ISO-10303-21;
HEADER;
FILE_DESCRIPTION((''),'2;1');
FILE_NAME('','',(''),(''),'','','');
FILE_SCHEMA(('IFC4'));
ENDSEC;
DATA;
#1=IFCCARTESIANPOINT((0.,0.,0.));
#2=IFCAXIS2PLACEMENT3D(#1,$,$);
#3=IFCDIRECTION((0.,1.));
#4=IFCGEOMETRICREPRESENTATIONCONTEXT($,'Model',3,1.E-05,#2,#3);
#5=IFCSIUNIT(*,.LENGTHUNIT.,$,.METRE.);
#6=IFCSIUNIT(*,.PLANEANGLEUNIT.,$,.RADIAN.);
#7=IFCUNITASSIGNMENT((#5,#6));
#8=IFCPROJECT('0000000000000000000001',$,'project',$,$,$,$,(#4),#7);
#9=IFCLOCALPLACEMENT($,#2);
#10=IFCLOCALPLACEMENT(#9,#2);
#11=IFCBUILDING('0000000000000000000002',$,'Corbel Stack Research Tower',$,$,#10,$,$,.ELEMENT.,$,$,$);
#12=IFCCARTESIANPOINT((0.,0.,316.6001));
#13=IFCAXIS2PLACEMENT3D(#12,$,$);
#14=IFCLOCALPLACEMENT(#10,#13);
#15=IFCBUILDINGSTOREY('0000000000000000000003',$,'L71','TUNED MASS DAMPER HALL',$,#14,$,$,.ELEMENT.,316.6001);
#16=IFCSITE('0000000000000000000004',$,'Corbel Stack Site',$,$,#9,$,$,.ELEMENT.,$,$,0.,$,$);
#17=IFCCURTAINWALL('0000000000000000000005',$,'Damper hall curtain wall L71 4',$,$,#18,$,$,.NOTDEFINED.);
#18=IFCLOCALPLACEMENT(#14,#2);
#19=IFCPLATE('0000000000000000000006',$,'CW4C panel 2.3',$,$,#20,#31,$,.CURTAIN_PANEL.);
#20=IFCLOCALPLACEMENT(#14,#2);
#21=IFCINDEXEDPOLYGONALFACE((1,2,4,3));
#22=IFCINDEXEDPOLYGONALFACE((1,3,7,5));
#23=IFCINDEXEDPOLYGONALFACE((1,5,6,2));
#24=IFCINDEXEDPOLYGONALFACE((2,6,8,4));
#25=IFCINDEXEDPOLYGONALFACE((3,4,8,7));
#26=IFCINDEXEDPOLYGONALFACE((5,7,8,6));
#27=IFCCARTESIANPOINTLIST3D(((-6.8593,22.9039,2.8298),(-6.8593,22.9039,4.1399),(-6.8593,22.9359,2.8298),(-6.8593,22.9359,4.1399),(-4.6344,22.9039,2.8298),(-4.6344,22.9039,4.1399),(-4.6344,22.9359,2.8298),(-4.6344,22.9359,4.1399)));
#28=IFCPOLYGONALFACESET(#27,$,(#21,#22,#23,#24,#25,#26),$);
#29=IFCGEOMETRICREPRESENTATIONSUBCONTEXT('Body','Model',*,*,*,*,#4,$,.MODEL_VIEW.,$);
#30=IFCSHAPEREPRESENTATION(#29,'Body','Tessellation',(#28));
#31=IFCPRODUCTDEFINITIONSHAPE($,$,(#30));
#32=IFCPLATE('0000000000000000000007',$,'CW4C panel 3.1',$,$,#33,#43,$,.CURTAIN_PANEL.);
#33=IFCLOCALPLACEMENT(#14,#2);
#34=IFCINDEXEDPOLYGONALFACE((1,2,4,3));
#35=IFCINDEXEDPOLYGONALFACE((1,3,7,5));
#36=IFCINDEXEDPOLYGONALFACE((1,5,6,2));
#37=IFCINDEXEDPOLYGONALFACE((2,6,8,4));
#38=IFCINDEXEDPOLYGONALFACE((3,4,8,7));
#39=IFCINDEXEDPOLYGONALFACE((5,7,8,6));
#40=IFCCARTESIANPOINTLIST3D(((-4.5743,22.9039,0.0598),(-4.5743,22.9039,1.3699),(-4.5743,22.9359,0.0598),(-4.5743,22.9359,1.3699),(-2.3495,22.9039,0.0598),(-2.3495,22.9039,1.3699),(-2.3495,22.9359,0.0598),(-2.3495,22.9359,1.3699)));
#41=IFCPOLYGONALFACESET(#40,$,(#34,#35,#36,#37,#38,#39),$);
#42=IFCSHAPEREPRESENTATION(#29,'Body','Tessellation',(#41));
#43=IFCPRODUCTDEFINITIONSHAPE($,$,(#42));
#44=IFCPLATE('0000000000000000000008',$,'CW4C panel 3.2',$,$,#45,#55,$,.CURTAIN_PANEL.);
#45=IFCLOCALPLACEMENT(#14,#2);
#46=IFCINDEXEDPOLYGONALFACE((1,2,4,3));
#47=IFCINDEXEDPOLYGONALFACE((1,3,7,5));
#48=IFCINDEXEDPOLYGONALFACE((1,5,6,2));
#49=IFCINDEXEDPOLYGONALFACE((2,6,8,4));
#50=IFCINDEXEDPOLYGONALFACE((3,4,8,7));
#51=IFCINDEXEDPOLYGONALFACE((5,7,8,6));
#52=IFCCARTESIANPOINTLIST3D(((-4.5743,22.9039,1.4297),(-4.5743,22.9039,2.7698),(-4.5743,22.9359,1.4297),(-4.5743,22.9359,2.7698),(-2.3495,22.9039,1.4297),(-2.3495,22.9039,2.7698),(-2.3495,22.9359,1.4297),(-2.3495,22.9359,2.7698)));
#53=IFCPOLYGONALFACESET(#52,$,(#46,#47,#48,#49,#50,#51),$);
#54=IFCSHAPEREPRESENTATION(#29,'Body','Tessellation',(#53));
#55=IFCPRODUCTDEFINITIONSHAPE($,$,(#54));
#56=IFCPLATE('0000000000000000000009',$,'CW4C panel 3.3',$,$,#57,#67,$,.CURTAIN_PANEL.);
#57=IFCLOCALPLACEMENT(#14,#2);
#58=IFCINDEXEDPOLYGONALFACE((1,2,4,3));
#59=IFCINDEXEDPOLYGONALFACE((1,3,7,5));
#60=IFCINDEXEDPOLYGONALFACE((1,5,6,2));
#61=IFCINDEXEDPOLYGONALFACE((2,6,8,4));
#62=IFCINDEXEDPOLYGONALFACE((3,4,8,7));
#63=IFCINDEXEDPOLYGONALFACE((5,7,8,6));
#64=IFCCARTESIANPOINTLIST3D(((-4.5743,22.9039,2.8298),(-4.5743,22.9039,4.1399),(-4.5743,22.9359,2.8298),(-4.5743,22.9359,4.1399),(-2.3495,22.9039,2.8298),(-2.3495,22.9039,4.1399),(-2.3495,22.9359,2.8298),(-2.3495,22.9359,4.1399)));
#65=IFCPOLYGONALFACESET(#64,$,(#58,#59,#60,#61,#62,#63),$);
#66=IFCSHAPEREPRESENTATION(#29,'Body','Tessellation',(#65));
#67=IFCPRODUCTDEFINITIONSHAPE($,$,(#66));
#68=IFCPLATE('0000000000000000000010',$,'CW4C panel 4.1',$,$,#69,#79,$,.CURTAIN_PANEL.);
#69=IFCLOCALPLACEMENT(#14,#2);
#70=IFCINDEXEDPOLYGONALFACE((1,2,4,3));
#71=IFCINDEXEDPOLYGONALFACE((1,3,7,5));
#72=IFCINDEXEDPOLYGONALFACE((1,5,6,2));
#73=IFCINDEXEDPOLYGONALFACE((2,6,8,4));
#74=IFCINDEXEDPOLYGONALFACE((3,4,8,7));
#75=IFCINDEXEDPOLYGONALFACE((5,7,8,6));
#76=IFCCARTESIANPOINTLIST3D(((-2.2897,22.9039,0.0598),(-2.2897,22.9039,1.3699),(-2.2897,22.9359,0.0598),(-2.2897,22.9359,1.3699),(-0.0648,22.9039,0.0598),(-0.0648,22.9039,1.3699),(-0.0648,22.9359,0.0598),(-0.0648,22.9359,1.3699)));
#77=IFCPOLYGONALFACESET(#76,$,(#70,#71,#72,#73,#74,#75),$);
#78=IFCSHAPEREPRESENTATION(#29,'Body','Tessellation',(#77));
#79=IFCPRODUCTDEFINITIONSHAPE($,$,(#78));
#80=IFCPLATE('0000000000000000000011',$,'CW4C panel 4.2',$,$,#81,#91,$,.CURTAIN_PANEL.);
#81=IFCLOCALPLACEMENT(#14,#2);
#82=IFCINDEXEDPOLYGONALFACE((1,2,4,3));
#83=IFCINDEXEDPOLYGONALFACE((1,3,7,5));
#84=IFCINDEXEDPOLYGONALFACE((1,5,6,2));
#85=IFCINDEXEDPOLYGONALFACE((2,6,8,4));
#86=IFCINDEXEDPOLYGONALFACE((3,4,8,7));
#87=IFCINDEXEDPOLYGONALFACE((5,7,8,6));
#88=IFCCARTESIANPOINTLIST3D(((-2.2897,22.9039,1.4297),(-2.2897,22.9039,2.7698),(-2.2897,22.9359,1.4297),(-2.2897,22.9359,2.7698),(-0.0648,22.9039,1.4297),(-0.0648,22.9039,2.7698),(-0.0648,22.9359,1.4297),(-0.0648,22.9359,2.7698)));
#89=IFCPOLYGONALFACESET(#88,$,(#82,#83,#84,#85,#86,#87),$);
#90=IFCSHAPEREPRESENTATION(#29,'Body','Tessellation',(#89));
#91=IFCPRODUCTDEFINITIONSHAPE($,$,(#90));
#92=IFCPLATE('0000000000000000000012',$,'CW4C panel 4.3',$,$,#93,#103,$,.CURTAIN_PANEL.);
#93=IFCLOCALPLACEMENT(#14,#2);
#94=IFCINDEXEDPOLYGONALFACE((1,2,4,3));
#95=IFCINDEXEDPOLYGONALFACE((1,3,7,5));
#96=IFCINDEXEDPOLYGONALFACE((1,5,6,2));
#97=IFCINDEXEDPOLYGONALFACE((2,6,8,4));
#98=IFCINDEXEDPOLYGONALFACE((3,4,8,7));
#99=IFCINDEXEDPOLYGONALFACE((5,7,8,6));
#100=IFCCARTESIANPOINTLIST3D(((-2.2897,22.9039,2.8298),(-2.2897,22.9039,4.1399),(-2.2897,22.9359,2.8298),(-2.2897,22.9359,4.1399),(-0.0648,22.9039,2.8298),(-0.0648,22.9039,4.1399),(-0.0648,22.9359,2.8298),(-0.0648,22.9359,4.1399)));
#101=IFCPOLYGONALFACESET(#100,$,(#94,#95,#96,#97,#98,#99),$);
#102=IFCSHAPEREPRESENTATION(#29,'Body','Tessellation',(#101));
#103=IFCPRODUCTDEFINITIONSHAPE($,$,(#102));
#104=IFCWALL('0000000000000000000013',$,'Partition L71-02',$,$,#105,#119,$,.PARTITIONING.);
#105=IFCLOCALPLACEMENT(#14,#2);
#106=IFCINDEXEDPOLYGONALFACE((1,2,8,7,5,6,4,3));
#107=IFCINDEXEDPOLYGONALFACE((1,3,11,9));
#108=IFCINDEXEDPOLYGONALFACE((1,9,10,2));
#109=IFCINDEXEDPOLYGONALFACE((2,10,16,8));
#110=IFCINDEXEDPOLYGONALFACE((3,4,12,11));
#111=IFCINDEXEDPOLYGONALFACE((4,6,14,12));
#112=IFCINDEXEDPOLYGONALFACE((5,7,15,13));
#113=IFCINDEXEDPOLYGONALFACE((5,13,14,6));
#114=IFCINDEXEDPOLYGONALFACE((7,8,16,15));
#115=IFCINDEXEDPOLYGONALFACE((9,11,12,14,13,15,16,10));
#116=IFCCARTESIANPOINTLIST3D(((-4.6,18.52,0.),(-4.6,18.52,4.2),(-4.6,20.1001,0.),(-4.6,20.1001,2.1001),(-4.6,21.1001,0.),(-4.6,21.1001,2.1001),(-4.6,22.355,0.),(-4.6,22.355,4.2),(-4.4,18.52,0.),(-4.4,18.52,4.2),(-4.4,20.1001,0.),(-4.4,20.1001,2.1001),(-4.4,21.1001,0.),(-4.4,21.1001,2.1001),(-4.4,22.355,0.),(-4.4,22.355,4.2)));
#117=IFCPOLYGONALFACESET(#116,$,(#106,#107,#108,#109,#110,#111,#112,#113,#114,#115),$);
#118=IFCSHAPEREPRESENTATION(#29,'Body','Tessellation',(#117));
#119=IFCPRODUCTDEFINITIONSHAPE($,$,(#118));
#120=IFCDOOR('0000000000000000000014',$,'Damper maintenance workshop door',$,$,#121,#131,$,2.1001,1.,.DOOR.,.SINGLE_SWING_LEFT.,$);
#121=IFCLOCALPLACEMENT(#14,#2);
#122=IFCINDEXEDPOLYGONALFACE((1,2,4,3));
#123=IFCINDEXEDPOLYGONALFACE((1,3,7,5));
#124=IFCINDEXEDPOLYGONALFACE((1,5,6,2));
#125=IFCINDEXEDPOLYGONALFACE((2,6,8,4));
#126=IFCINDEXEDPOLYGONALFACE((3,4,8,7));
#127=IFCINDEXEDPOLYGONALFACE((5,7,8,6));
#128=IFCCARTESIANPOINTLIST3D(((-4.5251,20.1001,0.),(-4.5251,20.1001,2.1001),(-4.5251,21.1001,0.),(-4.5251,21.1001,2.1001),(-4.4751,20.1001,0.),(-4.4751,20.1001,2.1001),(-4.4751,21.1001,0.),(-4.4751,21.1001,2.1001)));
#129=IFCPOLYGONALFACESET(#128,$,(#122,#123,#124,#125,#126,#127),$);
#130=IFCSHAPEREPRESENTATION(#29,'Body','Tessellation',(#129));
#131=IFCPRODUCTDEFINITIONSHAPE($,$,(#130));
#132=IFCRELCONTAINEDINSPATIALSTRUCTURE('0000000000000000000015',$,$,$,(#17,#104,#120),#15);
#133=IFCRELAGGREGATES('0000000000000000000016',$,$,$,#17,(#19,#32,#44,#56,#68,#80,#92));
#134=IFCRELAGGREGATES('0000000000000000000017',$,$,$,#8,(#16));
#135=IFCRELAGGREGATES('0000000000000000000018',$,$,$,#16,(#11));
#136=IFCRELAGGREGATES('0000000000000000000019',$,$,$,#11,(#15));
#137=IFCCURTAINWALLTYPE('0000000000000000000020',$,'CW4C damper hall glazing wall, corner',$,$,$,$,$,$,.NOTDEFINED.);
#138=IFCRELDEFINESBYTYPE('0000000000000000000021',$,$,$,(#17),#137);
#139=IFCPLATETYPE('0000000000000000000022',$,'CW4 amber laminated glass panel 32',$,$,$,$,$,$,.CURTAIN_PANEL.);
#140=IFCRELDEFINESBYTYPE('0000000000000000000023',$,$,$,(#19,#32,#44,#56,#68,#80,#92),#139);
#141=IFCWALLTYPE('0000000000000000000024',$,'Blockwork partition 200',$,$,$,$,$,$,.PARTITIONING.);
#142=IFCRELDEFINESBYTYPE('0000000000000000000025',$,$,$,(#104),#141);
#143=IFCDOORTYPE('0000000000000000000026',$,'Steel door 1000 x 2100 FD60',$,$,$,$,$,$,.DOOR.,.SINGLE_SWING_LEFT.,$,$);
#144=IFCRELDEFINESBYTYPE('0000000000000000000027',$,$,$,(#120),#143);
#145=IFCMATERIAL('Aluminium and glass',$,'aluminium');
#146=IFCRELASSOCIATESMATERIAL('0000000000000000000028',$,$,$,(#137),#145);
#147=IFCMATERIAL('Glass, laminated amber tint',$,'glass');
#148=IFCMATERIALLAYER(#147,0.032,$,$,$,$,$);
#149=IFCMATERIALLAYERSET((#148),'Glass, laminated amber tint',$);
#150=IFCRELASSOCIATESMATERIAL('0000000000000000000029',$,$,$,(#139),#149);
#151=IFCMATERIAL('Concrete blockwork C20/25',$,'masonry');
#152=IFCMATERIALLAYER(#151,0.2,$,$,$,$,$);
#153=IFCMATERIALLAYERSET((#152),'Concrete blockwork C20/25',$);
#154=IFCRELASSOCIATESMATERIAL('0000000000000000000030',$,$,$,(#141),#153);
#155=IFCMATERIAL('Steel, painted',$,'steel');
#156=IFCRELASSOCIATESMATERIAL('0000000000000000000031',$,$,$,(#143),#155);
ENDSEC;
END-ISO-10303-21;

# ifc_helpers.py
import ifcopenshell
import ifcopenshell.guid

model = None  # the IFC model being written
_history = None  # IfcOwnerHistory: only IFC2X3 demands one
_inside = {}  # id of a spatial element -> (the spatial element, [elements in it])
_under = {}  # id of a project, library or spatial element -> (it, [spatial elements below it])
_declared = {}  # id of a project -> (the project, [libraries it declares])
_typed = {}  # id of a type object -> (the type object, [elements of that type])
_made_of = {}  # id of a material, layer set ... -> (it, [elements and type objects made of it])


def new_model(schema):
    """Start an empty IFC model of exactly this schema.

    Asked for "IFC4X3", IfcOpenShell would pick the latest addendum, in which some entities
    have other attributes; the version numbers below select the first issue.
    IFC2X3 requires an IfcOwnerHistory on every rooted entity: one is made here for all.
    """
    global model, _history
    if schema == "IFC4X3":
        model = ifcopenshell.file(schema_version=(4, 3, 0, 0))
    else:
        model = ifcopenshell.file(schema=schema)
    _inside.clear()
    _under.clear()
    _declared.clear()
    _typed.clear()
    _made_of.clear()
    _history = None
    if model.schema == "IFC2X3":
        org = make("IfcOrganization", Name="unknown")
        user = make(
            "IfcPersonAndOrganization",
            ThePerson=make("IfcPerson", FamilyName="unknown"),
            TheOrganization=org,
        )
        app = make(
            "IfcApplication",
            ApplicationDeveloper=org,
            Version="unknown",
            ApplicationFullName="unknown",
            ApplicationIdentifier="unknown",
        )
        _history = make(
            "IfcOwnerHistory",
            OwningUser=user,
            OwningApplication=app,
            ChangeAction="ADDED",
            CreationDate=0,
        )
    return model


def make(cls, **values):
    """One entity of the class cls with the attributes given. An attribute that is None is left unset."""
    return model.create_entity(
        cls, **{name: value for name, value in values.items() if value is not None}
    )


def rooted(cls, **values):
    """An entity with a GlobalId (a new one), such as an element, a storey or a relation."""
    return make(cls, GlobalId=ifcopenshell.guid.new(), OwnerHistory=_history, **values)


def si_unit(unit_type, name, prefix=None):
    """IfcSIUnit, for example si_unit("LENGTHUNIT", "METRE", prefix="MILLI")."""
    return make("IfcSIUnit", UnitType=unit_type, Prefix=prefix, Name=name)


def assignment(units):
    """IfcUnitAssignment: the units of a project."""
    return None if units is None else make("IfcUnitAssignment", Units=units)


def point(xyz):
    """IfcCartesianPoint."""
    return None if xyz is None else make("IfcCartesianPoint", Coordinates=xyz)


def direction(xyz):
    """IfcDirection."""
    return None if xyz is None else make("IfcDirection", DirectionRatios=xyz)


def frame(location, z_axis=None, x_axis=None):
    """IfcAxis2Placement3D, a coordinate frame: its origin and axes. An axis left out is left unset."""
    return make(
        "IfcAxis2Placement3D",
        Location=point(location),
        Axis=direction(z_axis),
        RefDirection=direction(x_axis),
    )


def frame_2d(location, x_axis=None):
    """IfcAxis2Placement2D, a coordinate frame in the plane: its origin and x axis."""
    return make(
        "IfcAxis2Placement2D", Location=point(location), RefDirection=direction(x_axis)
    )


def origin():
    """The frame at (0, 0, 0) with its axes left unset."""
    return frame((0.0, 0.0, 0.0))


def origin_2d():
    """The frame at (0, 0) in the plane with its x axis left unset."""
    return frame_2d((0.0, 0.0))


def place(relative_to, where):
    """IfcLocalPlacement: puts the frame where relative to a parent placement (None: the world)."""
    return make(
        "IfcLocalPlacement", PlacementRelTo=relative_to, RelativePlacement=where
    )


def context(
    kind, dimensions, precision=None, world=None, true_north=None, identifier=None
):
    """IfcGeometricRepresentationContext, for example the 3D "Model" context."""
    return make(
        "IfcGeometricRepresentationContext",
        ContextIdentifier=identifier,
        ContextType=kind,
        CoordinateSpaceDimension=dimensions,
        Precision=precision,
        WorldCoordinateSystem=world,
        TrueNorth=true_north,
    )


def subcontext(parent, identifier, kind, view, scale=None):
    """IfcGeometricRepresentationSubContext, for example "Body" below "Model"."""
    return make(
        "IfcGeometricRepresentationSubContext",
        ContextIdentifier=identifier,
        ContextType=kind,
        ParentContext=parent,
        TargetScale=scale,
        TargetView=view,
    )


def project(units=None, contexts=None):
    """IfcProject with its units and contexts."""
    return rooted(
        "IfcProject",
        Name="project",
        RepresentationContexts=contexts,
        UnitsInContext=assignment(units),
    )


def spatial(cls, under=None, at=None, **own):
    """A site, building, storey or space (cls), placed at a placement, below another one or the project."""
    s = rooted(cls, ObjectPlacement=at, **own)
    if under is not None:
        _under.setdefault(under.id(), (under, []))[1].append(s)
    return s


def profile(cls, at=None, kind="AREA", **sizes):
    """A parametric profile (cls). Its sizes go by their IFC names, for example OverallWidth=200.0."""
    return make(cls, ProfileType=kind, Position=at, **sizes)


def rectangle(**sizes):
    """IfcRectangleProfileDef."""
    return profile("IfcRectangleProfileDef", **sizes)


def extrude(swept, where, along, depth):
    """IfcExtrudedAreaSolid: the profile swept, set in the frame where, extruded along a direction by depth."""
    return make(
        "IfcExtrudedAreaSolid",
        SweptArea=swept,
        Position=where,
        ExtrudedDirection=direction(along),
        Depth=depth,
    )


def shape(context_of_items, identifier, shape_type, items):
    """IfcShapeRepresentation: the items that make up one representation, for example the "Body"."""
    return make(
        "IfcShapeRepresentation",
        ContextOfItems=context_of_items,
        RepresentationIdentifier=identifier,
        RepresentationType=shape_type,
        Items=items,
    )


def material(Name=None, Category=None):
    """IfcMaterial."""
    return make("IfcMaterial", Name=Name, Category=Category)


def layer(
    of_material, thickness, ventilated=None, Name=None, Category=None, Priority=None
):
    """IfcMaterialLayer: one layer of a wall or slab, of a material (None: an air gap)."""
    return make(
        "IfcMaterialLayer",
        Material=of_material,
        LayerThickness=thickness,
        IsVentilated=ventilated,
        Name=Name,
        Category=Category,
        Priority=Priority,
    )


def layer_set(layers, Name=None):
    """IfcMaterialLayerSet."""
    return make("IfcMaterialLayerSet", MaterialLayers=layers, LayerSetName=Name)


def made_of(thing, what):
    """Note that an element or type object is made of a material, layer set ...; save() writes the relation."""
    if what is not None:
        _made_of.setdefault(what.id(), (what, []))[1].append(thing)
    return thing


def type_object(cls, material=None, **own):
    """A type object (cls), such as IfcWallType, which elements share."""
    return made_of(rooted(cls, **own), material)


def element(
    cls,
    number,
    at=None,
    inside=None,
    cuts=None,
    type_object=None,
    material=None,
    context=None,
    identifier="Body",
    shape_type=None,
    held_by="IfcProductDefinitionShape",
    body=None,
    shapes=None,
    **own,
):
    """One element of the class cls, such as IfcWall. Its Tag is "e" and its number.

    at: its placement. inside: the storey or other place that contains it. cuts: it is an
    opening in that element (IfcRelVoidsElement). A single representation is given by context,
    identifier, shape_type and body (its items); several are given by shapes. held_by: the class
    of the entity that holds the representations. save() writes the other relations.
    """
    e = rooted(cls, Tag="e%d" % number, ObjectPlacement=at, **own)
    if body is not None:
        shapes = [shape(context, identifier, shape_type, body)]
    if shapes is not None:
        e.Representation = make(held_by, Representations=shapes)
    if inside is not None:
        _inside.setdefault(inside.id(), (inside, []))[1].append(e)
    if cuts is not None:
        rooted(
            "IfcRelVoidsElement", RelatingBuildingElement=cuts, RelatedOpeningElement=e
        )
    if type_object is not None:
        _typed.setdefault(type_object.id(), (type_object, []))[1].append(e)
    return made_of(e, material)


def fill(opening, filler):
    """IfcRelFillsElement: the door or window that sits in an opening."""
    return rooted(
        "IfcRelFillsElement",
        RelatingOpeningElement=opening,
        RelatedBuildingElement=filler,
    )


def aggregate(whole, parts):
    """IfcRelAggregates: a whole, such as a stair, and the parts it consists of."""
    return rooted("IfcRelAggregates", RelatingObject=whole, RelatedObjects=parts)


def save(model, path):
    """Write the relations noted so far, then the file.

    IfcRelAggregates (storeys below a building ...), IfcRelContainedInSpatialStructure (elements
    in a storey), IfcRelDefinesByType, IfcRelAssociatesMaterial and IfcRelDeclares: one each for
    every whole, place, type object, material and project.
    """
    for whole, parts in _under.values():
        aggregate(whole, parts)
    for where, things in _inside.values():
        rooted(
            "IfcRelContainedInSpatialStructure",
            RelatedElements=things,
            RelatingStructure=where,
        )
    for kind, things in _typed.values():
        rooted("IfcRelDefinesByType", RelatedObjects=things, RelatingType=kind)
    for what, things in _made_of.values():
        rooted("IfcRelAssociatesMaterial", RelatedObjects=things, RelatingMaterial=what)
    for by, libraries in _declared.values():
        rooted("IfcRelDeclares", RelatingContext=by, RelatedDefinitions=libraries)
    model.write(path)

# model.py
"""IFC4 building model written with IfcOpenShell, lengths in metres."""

from ifc_helpers import new_model, si_unit, direction, frame, frame_2d, origin, origin_2d, place, context, subcontext, project, spatial, rectangle, extrude, material, layer, layer_set, type_object, element, fill, aggregate, save


model = new_model("IFC4")

# Units and contexts
model_context = context("Model", 3, precision=1e-05, world=origin(), true_north=direction((0.0, 1.0)))
body_context = subcontext(model_context, "Body", "Model", "MODEL_VIEW")
ifc_project = project(units=[si_unit("LENGTHUNIT", "METRE"), si_unit("PLANEANGLEUNIT", "RADIAN")], contexts=[model_context])

# Site, building, storey
site_placement = place(None, origin())
site = spatial("IfcSite", under=ifc_project, at=site_placement, Name="Corbel Stack Site", CompositionType="ELEMENT", RefElevation=0.0)
building_placement = place(site_placement, origin())
building = spatial("IfcBuilding", under=site, at=building_placement, Name="Corbel Stack Research Tower", CompositionType="ELEMENT")
storey_placement = place(building_placement, frame((0.0, 0.0, 316.6001)))
storey = spatial("IfcBuildingStorey", under=building, at=storey_placement, Name="L71", Description="TUNED MASS DAMPER HALL", CompositionType="ELEMENT", Elevation=316.6001)

# Curtain wall
ifc_material_1 = material(Name="Aluminium and glass", Category="aluminium")
curtain_wall_type = type_object("IfcCurtainWallType", Name="CW4C damper hall glazing wall, corner", PredefinedType="NOTDEFINED", material=ifc_material_1)
curtain_wall_placement = place(storey_placement, origin())
curtain_wall = element("IfcCurtainWall", 1, at=curtain_wall_placement, inside=storey, type_object=curtain_wall_type, Name="Damper hall curtain wall L71 4", PredefinedType="NOTDEFINED")

# Plates
ifc_material_2 = material(Name="Glass, laminated amber tint", Category="glass")
ifc_layer_1 = layer(ifc_material_2, 0.032)
ifc_layer_set_1 = layer_set([ifc_layer_1], Name="Glass, laminated amber tint")
plate_type = type_object("IfcPlateType", Name="CW4 amber laminated glass panel 32", PredefinedType="CURTAIN_PANEL", material=ifc_layer_set_1)
plate_1_placement = place(storey_placement, frame((-5.7468, 22.9199, 2.8298), z_axis=(0.0, 0.0, 1.0), x_axis=(1.0, 0.0, 0.0)))
plate_1 = element("IfcPlate", 2, at=plate_1_placement, type_object=plate_type, Name="CW4C panel 2.3", PredefinedType="CURTAIN_PANEL", context=body_context, shape_type="SweptSolid", body=[
    extrude(rectangle(XDim=2.2249, YDim=0.032, at=origin_2d()), origin(), (0.0, 0.0, 1.0), 1.3101),
])
plate_2_placement = place(storey_placement, frame((-3.4619, 22.9199, 0.0598), z_axis=(0.0, 0.0, 1.0), x_axis=(1.0, 0.0, 0.0)))
plate_2 = element("IfcPlate", 3, at=plate_2_placement, type_object=plate_type, Name="CW4C panel 3.1", PredefinedType="CURTAIN_PANEL", context=body_context, shape_type="SweptSolid", body=[
    extrude(rectangle(XDim=2.2249, YDim=0.032, at=origin_2d()), origin(), (0.0, 0.0, 1.0), 1.3101),
])
plate_3_placement = place(storey_placement, frame((-3.4619, 22.9199, 1.4297), z_axis=(0.0, 0.0, 1.0), x_axis=(1.0, 0.0, 0.0)))
plate_3 = element("IfcPlate", 4, at=plate_3_placement, type_object=plate_type, Name="CW4C panel 3.2", PredefinedType="CURTAIN_PANEL", context=body_context, shape_type="SweptSolid", body=[
    extrude(rectangle(XDim=2.2249, YDim=0.032, at=origin_2d()), origin(), (0.0, 0.0, 1.0), 1.3401),
])
plate_4_placement = place(storey_placement, frame((-3.4619, 22.9199, 2.8298), z_axis=(0.0, 0.0, 1.0), x_axis=(1.0, 0.0, 0.0)))
plate_4 = element("IfcPlate", 5, at=plate_4_placement, type_object=plate_type, Name="CW4C panel 3.3", PredefinedType="CURTAIN_PANEL", context=body_context, shape_type="SweptSolid", body=[
    extrude(rectangle(XDim=2.2249, YDim=0.032, at=origin_2d()), origin(), (0.0, 0.0, 1.0), 1.3101),
])
plate_5_placement = place(storey_placement, frame((-1.1772, 22.9199, 0.0598), z_axis=(0.0, 0.0, 1.0), x_axis=(1.0, 0.0, 0.0)))
plate_5 = element("IfcPlate", 6, at=plate_5_placement, type_object=plate_type, Name="CW4C panel 4.1", PredefinedType="CURTAIN_PANEL", context=body_context, shape_type="SweptSolid", body=[
    extrude(rectangle(XDim=2.2249, YDim=0.032, at=origin_2d()), origin(), (0.0, 0.0, 1.0), 1.3101),
])
plate_6_placement = place(storey_placement, frame((-1.1772, 22.9199, 1.4297), z_axis=(0.0, 0.0, 1.0), x_axis=(1.0, 0.0, 0.0)))
plate_6 = element("IfcPlate", 7, at=plate_6_placement, type_object=plate_type, Name="CW4C panel 4.2", PredefinedType="CURTAIN_PANEL", context=body_context, shape_type="SweptSolid", body=[
    extrude(rectangle(XDim=2.2249, YDim=0.032, at=origin_2d()), origin(), (0.0, 0.0, 1.0), 1.3401),
])
plate_7_placement = place(storey_placement, frame((-1.1772, 22.9199, 2.8298), z_axis=(0.0, 0.0, 1.0), x_axis=(1.0, 0.0, 0.0)))
plate_7 = element("IfcPlate", 8, at=plate_7_placement, type_object=plate_type, Name="CW4C panel 4.3", PredefinedType="CURTAIN_PANEL", context=body_context, shape_type="SweptSolid", body=[
    extrude(rectangle(XDim=2.2249, YDim=0.032, at=origin_2d()), origin(), (0.0, 0.0, 1.0), 1.3101),
])
aggregate(curtain_wall, [plate_1, plate_2, plate_3, plate_4, plate_5, plate_6, plate_7])

# Wall, opening, door
ifc_material_3 = material(Name="Concrete blockwork C20/25", Category="masonry")
ifc_layer_2 = layer(ifc_material_3, 0.2)
ifc_layer_set_2 = layer_set([ifc_layer_2], Name="Concrete blockwork C20/25")
wall_type = type_object("IfcWallType", Name="Blockwork partition 200", PredefinedType="PARTITIONING", material=ifc_layer_set_2)
wall_placement = place(storey_placement, frame((-4.5, 22.355, 0.0), z_axis=(0.0, 0.0, 1.0), x_axis=(0.0, -1.0, 0.0)))
wall = element("IfcWall", 9, at=wall_placement, inside=storey, type_object=wall_type, Name="Partition L71-02", PredefinedType="PARTITIONING", context=body_context, shape_type="SweptSolid", body=[
    extrude(rectangle(XDim=3.835, YDim=0.2, at=frame_2d((1.9175, 0.0))), origin(), (0.0, 0.0, 1.0), 4.2),
])
opening_placement = place(wall_placement, frame((1.2549, 0.0, 0.0)))
opening = element("IfcOpeningElement", 10, at=opening_placement, cuts=wall, PredefinedType="OPENING", context=body_context, shape_type="SweptSolid", body=[
    extrude(rectangle(XDim=1.0, YDim=2.1001, at=frame_2d((0.5, 1.05))), frame((0.0, 0.1099, 0.0), z_axis=(0.0, -1.0, 0.0), x_axis=(1.0, 0.0, 0.0)), (0.0, 0.0, 1.0), 0.22),
])
ifc_material_4 = material(Name="Steel, painted", Category="steel")
door_type = type_object("IfcDoorType", Name="Steel door 1000 x 2100 FD60", OperationType="SINGLE_SWING_LEFT", PredefinedType="DOOR", material=ifc_material_4)
door_placement = place(opening_placement, origin())
door = element("IfcDoor", 11, at=door_placement, inside=storey, type_object=door_type, Name="Damper maintenance workshop door", OperationType="SINGLE_SWING_LEFT", OverallHeight=2.1001, OverallWidth=1.0, PredefinedType="DOOR", context=body_context, shape_type="SweptSolid", body=[
    extrude(rectangle(XDim=1.0, YDim=2.1001, at=frame_2d((0.5, 1.05))), frame((0.0, 0.0249, 0.0), z_axis=(0.0, -1.0, 0.0), x_axis=(1.0, 0.0, 0.0)), (0.0, 0.0, 1.0), 0.05),
])
fill(opening, door)

save(model, "model.ifc")
